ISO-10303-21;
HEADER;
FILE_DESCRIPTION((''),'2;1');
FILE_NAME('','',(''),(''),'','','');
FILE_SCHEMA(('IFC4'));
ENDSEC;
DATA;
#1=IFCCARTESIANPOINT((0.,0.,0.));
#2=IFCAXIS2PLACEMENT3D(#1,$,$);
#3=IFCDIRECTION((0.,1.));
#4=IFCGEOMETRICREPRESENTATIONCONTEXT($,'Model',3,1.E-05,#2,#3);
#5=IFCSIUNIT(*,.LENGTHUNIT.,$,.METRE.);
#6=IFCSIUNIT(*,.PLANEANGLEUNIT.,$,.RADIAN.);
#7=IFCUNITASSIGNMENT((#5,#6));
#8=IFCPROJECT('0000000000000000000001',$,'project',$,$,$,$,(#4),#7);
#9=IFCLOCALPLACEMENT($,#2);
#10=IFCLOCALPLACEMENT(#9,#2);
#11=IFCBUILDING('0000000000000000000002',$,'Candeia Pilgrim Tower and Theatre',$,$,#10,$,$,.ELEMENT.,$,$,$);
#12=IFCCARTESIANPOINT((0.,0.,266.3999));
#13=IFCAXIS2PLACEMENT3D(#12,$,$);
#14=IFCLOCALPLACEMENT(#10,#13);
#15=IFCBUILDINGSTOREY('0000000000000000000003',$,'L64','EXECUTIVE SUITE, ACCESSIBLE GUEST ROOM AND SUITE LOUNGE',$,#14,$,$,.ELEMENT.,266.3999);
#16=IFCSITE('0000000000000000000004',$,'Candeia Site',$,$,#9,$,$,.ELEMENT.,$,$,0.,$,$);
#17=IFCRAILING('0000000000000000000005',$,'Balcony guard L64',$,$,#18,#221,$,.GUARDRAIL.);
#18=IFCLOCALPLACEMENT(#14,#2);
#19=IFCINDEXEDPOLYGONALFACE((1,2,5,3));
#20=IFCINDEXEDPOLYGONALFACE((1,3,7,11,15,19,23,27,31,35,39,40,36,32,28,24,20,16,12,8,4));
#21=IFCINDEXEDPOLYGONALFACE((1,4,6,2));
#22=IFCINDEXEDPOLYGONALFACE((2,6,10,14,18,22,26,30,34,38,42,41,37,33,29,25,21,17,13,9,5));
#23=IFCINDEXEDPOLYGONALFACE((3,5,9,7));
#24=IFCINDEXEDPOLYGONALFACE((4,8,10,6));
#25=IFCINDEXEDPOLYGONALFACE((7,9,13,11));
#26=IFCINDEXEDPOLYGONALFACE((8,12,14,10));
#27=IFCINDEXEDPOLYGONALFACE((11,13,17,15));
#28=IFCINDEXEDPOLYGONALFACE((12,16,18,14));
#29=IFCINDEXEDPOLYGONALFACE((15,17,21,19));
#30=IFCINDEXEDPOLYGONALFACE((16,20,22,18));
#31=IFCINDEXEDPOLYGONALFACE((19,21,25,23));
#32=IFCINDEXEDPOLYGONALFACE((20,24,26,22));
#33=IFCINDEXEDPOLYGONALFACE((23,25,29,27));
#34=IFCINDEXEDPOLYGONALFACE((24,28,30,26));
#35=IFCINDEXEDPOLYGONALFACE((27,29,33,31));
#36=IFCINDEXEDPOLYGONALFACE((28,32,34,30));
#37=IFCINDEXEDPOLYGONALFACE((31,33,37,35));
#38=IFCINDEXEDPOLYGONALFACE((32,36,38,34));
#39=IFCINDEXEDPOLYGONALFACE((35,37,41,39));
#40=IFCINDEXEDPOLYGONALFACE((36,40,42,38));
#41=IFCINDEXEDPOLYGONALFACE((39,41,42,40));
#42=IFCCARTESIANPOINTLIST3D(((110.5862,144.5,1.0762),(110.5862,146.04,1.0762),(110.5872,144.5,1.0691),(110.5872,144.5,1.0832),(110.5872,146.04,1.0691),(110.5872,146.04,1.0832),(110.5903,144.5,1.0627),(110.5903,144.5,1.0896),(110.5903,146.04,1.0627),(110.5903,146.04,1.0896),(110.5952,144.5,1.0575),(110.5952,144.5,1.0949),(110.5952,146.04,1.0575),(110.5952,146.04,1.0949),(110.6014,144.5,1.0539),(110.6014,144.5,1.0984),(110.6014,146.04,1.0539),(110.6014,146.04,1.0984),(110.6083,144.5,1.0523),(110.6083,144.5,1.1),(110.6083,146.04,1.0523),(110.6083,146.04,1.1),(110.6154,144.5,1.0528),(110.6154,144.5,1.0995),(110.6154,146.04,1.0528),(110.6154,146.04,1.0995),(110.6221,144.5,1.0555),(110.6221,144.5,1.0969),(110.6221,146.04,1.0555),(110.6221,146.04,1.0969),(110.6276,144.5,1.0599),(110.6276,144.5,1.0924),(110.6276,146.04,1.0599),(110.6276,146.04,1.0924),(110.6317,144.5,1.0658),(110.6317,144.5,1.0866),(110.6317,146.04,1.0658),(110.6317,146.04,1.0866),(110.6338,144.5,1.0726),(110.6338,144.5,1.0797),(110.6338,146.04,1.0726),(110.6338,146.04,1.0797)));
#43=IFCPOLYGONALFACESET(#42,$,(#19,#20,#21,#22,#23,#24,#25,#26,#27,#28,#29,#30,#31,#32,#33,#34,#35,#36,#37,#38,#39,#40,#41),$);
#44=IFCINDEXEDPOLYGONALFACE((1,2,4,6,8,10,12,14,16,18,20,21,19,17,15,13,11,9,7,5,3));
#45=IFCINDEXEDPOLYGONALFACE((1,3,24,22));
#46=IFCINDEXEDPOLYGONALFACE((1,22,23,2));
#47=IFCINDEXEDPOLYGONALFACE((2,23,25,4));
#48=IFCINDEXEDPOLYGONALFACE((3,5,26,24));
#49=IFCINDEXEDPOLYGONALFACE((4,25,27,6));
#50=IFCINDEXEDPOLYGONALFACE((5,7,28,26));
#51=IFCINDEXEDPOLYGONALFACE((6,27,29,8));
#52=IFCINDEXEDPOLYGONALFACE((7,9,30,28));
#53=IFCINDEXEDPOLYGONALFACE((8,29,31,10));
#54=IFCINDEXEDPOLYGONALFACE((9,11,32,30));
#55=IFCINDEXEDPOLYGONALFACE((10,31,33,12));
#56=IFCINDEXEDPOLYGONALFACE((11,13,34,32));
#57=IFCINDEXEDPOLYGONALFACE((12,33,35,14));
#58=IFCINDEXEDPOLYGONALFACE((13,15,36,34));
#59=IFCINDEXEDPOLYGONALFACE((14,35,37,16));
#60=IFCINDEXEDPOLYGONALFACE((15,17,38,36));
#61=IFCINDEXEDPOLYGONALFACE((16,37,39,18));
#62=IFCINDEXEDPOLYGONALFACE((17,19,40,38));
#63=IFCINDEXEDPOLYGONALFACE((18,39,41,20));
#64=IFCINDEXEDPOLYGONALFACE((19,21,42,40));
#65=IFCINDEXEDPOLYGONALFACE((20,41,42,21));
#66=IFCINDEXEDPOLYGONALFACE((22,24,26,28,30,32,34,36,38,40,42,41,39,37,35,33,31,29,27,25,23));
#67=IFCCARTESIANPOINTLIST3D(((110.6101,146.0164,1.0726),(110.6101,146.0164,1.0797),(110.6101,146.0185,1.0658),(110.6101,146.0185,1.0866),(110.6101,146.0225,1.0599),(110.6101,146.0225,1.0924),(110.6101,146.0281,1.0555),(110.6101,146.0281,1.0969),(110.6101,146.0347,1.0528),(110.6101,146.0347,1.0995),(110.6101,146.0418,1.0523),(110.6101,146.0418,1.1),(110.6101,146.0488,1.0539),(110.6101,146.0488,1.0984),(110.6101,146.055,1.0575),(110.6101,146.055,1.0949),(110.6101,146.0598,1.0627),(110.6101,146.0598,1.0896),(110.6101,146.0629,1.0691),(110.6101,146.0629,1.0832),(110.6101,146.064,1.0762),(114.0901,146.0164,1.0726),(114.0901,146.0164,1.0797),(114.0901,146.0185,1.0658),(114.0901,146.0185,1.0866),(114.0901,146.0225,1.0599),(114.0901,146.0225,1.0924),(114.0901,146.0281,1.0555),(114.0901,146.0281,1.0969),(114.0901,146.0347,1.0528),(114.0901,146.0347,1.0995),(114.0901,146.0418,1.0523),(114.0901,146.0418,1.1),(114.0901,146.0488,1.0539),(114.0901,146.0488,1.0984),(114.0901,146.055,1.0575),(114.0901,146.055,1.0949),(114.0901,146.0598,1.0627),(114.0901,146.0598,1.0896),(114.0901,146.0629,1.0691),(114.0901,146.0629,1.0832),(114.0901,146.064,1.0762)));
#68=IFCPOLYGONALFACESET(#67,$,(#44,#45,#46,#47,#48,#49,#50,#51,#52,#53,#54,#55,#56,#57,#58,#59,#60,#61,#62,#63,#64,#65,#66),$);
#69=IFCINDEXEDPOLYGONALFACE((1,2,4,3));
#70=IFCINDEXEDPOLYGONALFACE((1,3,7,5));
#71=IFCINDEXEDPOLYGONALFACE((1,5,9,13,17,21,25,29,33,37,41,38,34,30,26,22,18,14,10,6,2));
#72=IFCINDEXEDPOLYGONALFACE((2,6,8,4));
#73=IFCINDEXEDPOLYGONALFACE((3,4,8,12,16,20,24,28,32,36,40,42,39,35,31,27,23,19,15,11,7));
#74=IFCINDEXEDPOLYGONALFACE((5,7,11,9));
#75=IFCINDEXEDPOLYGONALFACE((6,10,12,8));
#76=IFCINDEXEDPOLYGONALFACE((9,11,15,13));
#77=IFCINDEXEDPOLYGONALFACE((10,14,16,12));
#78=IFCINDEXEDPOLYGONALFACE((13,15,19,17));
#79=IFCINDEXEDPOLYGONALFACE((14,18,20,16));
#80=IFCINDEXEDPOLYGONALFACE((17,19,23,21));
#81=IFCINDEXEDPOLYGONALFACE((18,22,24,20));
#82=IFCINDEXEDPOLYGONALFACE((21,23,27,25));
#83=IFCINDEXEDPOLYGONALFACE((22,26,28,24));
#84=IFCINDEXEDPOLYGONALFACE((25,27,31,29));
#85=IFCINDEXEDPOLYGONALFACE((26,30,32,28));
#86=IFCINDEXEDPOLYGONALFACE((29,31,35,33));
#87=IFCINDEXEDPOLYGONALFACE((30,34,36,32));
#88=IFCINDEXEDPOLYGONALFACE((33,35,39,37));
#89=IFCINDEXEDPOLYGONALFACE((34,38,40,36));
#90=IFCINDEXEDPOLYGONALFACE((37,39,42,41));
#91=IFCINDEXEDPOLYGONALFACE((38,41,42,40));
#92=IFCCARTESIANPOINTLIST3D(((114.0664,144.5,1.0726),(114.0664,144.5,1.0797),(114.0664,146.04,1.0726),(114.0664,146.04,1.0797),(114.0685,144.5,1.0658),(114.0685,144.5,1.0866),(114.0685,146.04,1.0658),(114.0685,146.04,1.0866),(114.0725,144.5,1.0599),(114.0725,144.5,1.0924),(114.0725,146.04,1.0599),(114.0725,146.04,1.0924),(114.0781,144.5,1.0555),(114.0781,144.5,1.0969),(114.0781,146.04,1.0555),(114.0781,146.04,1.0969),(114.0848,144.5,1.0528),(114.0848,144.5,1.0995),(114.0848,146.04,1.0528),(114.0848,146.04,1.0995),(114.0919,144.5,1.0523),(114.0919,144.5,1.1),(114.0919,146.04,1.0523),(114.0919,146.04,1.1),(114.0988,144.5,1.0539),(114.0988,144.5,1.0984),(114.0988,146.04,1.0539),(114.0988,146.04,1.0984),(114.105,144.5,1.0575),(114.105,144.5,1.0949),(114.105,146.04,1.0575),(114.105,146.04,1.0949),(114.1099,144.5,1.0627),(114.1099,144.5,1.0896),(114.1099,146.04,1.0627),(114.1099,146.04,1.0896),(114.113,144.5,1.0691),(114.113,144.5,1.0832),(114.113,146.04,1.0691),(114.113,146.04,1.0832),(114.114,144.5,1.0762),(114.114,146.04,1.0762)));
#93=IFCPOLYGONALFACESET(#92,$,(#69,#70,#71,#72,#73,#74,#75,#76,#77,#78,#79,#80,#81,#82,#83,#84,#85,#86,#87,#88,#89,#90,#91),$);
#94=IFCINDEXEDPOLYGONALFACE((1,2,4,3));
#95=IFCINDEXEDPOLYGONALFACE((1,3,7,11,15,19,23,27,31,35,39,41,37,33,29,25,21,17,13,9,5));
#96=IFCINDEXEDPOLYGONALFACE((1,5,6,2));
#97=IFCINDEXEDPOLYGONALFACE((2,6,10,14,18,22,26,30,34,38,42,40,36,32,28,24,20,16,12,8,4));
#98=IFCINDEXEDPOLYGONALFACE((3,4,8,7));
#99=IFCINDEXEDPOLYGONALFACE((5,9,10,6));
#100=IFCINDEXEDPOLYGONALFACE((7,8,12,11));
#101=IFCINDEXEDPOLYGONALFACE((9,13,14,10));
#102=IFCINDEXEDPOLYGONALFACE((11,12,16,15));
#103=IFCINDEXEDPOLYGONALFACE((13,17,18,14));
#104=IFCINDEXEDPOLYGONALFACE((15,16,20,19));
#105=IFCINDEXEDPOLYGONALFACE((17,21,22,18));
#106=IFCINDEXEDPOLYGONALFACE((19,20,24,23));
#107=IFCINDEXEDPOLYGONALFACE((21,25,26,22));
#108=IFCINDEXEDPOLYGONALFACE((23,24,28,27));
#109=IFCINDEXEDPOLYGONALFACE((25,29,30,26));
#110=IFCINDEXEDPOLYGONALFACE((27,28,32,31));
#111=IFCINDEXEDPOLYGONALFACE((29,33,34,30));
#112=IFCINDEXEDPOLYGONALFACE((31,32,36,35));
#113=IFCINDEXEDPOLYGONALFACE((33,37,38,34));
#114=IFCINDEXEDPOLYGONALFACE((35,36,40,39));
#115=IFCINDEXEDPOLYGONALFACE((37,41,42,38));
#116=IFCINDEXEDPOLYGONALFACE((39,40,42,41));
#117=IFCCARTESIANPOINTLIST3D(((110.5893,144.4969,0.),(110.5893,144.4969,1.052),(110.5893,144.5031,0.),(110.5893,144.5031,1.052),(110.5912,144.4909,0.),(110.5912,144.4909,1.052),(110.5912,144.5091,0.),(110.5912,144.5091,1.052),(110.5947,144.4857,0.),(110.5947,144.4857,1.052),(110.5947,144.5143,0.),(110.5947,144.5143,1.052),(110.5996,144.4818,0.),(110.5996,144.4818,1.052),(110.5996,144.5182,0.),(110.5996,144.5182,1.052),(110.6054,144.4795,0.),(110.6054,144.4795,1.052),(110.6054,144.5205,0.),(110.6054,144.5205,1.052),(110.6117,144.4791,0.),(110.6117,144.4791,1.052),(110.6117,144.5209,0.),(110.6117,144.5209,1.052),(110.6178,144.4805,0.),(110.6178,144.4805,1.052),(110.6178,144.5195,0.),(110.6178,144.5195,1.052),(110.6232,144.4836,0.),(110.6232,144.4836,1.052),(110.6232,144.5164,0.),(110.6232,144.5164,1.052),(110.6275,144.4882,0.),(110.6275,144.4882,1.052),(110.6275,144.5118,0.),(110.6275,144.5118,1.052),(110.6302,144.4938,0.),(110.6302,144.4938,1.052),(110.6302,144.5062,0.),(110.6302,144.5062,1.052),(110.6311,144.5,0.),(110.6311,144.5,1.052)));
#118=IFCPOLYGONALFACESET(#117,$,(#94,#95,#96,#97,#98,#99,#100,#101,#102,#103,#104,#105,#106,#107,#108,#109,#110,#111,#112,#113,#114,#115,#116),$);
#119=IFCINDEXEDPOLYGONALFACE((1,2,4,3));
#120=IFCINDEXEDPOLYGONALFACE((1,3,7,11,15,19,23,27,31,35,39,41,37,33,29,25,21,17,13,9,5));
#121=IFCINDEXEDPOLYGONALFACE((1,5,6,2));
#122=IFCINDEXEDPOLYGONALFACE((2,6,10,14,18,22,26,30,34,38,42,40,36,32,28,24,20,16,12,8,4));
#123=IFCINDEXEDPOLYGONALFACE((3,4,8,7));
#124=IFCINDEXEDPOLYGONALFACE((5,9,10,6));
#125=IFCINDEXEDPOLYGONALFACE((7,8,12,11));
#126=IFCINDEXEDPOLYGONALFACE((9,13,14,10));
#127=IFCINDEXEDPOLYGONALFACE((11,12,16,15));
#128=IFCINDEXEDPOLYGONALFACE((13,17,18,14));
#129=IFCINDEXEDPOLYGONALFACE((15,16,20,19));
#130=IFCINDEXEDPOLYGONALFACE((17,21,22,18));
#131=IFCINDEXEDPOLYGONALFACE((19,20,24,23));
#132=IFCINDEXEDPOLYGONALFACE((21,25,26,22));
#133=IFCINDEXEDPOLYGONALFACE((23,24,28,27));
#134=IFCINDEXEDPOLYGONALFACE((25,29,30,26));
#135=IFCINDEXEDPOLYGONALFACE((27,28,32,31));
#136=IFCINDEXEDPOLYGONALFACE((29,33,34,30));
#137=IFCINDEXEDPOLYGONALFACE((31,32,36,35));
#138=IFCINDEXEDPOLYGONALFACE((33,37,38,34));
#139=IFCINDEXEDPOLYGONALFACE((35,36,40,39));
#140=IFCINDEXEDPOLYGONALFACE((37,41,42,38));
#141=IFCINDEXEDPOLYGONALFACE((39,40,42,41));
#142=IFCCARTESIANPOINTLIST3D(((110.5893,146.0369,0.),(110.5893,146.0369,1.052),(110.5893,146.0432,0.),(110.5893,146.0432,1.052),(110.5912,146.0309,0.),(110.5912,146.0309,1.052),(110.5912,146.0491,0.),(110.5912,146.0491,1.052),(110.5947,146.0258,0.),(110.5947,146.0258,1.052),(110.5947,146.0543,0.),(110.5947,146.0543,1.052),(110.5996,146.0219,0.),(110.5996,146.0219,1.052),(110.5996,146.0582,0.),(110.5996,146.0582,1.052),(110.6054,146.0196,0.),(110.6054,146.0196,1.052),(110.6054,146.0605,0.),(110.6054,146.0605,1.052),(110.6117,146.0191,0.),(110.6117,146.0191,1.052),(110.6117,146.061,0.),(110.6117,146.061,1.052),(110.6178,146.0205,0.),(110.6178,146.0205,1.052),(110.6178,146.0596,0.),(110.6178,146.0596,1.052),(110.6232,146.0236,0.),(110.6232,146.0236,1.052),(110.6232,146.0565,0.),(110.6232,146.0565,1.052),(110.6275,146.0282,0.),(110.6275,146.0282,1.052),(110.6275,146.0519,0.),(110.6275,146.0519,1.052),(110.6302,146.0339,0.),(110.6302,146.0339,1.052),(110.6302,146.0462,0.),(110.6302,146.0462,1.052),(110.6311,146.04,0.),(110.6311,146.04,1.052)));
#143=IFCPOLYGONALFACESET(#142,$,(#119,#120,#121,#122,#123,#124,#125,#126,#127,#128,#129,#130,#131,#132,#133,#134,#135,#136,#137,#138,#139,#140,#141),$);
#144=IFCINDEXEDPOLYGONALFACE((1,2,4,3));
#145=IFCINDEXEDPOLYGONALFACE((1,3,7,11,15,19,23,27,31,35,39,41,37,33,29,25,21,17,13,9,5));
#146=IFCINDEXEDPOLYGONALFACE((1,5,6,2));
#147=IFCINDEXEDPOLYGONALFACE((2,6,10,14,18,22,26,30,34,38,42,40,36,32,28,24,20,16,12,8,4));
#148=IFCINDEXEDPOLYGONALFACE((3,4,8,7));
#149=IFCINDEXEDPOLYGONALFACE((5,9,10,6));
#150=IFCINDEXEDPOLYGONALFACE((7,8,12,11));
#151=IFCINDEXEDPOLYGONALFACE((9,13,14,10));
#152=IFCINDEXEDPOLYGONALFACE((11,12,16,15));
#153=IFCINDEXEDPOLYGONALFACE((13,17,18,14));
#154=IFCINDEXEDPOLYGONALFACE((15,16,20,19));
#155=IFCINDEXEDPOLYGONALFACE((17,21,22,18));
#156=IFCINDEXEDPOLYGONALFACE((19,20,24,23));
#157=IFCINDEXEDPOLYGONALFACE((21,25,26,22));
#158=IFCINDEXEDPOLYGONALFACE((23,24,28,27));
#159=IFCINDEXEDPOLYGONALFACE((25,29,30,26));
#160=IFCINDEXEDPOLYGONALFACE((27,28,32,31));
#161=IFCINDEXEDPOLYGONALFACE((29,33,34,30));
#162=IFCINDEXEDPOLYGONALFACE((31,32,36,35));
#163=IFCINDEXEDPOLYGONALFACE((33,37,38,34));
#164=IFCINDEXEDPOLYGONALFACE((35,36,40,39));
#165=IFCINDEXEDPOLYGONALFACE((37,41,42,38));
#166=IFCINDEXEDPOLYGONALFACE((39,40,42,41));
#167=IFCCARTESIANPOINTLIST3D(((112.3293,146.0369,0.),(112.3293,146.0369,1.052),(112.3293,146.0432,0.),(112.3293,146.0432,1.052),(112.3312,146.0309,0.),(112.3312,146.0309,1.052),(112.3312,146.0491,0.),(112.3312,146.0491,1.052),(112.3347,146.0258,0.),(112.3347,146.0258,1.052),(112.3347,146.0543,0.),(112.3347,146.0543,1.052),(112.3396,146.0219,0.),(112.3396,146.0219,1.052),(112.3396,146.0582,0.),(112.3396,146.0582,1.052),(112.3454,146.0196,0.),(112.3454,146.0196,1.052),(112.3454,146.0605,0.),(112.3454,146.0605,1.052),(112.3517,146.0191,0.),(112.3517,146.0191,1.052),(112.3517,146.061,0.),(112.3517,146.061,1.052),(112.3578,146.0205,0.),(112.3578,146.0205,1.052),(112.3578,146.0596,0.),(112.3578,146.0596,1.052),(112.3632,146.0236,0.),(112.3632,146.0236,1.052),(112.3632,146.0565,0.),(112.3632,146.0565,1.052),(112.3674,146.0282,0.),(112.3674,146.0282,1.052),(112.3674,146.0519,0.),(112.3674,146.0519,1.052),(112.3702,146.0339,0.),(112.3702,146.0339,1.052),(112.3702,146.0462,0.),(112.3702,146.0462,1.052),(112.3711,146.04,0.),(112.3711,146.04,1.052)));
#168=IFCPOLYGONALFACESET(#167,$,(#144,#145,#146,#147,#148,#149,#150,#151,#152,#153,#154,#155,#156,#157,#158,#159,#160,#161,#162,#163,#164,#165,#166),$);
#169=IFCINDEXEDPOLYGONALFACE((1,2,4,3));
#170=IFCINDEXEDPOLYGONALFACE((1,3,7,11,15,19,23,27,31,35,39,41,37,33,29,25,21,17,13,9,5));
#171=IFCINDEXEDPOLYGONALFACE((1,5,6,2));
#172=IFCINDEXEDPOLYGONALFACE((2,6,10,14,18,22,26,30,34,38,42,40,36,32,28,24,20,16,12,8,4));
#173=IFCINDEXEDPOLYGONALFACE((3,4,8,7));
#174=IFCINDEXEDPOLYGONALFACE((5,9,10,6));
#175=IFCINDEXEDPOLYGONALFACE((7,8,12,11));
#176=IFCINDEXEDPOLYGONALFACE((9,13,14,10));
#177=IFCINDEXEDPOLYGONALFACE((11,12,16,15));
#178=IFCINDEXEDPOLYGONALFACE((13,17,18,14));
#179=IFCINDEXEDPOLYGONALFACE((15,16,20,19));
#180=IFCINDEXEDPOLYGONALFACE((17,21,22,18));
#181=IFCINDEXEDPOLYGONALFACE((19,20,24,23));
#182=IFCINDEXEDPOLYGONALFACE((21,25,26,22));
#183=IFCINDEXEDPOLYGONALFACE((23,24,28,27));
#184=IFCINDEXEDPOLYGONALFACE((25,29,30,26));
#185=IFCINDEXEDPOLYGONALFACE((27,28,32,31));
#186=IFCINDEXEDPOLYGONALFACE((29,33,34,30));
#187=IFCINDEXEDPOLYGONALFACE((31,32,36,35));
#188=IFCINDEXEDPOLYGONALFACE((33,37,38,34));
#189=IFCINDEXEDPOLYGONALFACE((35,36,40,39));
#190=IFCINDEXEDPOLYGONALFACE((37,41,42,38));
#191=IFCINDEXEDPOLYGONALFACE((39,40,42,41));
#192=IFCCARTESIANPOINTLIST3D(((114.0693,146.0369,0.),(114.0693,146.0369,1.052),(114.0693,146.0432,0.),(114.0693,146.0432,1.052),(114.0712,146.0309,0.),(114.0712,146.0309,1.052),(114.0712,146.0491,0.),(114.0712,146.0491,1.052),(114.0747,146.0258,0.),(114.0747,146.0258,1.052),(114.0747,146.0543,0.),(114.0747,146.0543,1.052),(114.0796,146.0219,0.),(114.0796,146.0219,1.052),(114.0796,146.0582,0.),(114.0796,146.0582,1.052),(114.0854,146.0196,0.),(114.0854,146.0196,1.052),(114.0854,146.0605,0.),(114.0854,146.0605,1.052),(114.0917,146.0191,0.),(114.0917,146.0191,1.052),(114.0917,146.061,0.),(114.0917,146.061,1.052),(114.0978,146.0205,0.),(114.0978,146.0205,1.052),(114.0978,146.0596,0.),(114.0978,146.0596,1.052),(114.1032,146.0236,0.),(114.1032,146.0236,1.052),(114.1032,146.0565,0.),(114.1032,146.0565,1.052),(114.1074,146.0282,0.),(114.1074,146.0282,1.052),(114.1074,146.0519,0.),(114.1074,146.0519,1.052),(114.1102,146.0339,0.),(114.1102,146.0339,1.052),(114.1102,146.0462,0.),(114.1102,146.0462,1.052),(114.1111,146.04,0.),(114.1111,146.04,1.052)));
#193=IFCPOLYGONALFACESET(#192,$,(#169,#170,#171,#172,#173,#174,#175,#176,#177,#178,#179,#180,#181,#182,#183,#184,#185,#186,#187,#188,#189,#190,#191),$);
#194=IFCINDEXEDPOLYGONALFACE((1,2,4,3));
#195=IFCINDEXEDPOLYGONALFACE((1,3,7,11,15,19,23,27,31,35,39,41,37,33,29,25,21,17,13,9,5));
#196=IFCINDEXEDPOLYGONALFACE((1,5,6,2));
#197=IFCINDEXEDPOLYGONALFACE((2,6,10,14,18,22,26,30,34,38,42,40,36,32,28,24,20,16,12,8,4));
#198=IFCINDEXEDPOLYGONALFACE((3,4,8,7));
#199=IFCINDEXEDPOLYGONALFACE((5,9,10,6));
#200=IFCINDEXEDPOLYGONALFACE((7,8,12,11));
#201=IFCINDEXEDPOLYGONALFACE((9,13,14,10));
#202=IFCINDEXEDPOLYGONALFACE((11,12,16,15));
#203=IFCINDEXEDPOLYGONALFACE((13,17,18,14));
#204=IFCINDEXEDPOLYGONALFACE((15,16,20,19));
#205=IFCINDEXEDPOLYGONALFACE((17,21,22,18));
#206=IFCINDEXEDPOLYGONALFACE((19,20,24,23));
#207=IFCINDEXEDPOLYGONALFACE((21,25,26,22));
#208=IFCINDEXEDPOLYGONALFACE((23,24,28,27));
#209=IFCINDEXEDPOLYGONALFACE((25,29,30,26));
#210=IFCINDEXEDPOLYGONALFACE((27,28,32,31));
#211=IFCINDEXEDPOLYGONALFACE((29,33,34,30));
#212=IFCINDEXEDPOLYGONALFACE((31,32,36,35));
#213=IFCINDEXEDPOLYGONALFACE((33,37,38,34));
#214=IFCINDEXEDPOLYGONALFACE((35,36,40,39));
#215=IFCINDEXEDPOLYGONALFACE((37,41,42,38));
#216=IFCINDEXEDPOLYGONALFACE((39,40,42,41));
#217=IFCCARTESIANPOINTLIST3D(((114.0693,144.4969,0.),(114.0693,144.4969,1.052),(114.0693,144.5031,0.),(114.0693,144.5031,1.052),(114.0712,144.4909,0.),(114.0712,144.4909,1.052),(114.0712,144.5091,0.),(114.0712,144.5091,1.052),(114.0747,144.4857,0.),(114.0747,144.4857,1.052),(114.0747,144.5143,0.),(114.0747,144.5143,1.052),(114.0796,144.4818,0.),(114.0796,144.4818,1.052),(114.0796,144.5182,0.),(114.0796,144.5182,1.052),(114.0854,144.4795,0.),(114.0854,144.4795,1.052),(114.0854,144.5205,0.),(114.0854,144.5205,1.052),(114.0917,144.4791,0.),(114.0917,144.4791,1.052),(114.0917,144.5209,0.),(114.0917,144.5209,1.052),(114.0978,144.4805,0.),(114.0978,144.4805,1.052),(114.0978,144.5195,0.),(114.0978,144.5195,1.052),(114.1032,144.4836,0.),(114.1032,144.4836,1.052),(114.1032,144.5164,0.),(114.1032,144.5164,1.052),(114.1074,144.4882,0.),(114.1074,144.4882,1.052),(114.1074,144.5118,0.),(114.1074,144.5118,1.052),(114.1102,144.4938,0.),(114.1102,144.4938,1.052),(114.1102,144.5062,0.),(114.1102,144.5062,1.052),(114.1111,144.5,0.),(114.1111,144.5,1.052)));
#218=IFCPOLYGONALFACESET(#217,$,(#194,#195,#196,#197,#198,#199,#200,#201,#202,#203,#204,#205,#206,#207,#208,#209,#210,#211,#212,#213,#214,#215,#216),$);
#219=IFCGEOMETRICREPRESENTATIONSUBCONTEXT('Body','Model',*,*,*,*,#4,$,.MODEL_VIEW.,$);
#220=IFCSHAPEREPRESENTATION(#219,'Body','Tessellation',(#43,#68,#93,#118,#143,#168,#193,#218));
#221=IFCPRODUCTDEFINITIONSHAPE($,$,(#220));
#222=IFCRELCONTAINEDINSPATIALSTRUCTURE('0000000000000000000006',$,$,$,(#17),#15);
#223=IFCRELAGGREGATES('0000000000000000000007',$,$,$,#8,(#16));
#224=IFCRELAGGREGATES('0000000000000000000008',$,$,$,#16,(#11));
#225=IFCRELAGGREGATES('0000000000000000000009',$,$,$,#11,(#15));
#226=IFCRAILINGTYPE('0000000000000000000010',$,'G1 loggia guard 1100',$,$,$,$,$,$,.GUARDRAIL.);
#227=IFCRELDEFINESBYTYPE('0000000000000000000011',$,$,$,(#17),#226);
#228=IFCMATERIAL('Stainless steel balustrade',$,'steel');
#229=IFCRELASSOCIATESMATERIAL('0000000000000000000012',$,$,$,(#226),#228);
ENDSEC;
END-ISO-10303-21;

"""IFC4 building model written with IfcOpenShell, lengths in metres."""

from ifc_helpers import new_model, si_unit, direction, frame, origin, origin_2d, place, context, subcontext, project, spatial, circle, extrude, material, type_object, element, save


model = new_model("IFC4")

# Units and contexts
model_context = context("Model", 3, precision=1e-05, world=origin(), true_north=direction((0.0, 1.0)))
body_context = subcontext(model_context, "Body", "Model", "MODEL_VIEW")
ifc_project = project(units=[si_unit("LENGTHUNIT", "METRE"), si_unit("PLANEANGLEUNIT", "RADIAN")], contexts=[model_context])

# Site, building, storey
site_placement = place(None, origin())
site = spatial("IfcSite", under=ifc_project, at=site_placement, Name="Candeia Site", CompositionType="ELEMENT", RefElevation=0.0)
building_placement = place(site_placement, origin())
building = spatial("IfcBuilding", under=site, at=building_placement, Name="Candeia Pilgrim Tower and Theatre", CompositionType="ELEMENT")
storey_placement = place(building_placement, frame((0.0, 0.0, 266.3999)))
storey = spatial("IfcBuildingStorey", under=building, at=storey_placement, Name="L64", Description="EXECUTIVE SUITE, ACCESSIBLE GUEST ROOM AND SUITE LOUNGE", CompositionType="ELEMENT", Elevation=266.3999)

# Railing
ifc_material_1 = material(Name="Stainless steel balustrade", Category="steel")
railing_type = type_object("IfcRailingType", Name="G1 loggia guard 1100", PredefinedType="GUARDRAIL", material=ifc_material_1)
railing_placement = place(storey_placement, frame((110.6101, 144.5, 0.0)))
element("IfcRailing", 1, at=railing_placement, inside=storey, type_object=railing_type, Name="Balcony guard L64", PredefinedType="GUARDRAIL", context=body_context, shape_type="SweptSolid", body=[
    extrude(circle(Radius=0.0239, at=origin_2d()), frame((0.0, 0.0, 1.0762), z_axis=(0.0, 1.0, 0.0), x_axis=(-1.0, 0.0, 0.0)), (0.0, 0.0, 1.0), 1.54),
    extrude(circle(Radius=0.0239, at=origin_2d()), frame((0.0, 1.54, 1.0762), z_axis=(1.0, 0.0, 0.0), x_axis=(0.0, 1.0, 0.0)), (0.0, 0.0, 1.0), 3.48),
    extrude(circle(Radius=0.0239, at=origin_2d()), frame((3.48, 1.54, 1.0762), z_axis=(0.0, -1.0, 0.0), x_axis=(1.0, 0.0, 0.0)), (0.0, 0.0, 1.0), 1.54),
    extrude(circle(Radius=0.021, at=origin_2d()), origin(), (0.0, 0.0, 1.0), 1.052),
    extrude(circle(Radius=0.021, at=origin_2d()), frame((0.0, 1.54, 0.0)), (0.0, 0.0, 1.0), 1.052),
    extrude(circle(Radius=0.021, at=origin_2d()), frame((1.74, 1.54, 0.0)), (0.0, 0.0, 1.0), 1.052),
    extrude(circle(Radius=0.021, at=origin_2d()), frame((3.48, 1.54, 0.0)), (0.0, 0.0, 1.0), 1.052),
    extrude(circle(Radius=0.021, at=origin_2d()), frame((3.48, 0.0, 0.0)), (0.0, 0.0, 1.0), 1.052),
])

save(model, "model.ifc")
